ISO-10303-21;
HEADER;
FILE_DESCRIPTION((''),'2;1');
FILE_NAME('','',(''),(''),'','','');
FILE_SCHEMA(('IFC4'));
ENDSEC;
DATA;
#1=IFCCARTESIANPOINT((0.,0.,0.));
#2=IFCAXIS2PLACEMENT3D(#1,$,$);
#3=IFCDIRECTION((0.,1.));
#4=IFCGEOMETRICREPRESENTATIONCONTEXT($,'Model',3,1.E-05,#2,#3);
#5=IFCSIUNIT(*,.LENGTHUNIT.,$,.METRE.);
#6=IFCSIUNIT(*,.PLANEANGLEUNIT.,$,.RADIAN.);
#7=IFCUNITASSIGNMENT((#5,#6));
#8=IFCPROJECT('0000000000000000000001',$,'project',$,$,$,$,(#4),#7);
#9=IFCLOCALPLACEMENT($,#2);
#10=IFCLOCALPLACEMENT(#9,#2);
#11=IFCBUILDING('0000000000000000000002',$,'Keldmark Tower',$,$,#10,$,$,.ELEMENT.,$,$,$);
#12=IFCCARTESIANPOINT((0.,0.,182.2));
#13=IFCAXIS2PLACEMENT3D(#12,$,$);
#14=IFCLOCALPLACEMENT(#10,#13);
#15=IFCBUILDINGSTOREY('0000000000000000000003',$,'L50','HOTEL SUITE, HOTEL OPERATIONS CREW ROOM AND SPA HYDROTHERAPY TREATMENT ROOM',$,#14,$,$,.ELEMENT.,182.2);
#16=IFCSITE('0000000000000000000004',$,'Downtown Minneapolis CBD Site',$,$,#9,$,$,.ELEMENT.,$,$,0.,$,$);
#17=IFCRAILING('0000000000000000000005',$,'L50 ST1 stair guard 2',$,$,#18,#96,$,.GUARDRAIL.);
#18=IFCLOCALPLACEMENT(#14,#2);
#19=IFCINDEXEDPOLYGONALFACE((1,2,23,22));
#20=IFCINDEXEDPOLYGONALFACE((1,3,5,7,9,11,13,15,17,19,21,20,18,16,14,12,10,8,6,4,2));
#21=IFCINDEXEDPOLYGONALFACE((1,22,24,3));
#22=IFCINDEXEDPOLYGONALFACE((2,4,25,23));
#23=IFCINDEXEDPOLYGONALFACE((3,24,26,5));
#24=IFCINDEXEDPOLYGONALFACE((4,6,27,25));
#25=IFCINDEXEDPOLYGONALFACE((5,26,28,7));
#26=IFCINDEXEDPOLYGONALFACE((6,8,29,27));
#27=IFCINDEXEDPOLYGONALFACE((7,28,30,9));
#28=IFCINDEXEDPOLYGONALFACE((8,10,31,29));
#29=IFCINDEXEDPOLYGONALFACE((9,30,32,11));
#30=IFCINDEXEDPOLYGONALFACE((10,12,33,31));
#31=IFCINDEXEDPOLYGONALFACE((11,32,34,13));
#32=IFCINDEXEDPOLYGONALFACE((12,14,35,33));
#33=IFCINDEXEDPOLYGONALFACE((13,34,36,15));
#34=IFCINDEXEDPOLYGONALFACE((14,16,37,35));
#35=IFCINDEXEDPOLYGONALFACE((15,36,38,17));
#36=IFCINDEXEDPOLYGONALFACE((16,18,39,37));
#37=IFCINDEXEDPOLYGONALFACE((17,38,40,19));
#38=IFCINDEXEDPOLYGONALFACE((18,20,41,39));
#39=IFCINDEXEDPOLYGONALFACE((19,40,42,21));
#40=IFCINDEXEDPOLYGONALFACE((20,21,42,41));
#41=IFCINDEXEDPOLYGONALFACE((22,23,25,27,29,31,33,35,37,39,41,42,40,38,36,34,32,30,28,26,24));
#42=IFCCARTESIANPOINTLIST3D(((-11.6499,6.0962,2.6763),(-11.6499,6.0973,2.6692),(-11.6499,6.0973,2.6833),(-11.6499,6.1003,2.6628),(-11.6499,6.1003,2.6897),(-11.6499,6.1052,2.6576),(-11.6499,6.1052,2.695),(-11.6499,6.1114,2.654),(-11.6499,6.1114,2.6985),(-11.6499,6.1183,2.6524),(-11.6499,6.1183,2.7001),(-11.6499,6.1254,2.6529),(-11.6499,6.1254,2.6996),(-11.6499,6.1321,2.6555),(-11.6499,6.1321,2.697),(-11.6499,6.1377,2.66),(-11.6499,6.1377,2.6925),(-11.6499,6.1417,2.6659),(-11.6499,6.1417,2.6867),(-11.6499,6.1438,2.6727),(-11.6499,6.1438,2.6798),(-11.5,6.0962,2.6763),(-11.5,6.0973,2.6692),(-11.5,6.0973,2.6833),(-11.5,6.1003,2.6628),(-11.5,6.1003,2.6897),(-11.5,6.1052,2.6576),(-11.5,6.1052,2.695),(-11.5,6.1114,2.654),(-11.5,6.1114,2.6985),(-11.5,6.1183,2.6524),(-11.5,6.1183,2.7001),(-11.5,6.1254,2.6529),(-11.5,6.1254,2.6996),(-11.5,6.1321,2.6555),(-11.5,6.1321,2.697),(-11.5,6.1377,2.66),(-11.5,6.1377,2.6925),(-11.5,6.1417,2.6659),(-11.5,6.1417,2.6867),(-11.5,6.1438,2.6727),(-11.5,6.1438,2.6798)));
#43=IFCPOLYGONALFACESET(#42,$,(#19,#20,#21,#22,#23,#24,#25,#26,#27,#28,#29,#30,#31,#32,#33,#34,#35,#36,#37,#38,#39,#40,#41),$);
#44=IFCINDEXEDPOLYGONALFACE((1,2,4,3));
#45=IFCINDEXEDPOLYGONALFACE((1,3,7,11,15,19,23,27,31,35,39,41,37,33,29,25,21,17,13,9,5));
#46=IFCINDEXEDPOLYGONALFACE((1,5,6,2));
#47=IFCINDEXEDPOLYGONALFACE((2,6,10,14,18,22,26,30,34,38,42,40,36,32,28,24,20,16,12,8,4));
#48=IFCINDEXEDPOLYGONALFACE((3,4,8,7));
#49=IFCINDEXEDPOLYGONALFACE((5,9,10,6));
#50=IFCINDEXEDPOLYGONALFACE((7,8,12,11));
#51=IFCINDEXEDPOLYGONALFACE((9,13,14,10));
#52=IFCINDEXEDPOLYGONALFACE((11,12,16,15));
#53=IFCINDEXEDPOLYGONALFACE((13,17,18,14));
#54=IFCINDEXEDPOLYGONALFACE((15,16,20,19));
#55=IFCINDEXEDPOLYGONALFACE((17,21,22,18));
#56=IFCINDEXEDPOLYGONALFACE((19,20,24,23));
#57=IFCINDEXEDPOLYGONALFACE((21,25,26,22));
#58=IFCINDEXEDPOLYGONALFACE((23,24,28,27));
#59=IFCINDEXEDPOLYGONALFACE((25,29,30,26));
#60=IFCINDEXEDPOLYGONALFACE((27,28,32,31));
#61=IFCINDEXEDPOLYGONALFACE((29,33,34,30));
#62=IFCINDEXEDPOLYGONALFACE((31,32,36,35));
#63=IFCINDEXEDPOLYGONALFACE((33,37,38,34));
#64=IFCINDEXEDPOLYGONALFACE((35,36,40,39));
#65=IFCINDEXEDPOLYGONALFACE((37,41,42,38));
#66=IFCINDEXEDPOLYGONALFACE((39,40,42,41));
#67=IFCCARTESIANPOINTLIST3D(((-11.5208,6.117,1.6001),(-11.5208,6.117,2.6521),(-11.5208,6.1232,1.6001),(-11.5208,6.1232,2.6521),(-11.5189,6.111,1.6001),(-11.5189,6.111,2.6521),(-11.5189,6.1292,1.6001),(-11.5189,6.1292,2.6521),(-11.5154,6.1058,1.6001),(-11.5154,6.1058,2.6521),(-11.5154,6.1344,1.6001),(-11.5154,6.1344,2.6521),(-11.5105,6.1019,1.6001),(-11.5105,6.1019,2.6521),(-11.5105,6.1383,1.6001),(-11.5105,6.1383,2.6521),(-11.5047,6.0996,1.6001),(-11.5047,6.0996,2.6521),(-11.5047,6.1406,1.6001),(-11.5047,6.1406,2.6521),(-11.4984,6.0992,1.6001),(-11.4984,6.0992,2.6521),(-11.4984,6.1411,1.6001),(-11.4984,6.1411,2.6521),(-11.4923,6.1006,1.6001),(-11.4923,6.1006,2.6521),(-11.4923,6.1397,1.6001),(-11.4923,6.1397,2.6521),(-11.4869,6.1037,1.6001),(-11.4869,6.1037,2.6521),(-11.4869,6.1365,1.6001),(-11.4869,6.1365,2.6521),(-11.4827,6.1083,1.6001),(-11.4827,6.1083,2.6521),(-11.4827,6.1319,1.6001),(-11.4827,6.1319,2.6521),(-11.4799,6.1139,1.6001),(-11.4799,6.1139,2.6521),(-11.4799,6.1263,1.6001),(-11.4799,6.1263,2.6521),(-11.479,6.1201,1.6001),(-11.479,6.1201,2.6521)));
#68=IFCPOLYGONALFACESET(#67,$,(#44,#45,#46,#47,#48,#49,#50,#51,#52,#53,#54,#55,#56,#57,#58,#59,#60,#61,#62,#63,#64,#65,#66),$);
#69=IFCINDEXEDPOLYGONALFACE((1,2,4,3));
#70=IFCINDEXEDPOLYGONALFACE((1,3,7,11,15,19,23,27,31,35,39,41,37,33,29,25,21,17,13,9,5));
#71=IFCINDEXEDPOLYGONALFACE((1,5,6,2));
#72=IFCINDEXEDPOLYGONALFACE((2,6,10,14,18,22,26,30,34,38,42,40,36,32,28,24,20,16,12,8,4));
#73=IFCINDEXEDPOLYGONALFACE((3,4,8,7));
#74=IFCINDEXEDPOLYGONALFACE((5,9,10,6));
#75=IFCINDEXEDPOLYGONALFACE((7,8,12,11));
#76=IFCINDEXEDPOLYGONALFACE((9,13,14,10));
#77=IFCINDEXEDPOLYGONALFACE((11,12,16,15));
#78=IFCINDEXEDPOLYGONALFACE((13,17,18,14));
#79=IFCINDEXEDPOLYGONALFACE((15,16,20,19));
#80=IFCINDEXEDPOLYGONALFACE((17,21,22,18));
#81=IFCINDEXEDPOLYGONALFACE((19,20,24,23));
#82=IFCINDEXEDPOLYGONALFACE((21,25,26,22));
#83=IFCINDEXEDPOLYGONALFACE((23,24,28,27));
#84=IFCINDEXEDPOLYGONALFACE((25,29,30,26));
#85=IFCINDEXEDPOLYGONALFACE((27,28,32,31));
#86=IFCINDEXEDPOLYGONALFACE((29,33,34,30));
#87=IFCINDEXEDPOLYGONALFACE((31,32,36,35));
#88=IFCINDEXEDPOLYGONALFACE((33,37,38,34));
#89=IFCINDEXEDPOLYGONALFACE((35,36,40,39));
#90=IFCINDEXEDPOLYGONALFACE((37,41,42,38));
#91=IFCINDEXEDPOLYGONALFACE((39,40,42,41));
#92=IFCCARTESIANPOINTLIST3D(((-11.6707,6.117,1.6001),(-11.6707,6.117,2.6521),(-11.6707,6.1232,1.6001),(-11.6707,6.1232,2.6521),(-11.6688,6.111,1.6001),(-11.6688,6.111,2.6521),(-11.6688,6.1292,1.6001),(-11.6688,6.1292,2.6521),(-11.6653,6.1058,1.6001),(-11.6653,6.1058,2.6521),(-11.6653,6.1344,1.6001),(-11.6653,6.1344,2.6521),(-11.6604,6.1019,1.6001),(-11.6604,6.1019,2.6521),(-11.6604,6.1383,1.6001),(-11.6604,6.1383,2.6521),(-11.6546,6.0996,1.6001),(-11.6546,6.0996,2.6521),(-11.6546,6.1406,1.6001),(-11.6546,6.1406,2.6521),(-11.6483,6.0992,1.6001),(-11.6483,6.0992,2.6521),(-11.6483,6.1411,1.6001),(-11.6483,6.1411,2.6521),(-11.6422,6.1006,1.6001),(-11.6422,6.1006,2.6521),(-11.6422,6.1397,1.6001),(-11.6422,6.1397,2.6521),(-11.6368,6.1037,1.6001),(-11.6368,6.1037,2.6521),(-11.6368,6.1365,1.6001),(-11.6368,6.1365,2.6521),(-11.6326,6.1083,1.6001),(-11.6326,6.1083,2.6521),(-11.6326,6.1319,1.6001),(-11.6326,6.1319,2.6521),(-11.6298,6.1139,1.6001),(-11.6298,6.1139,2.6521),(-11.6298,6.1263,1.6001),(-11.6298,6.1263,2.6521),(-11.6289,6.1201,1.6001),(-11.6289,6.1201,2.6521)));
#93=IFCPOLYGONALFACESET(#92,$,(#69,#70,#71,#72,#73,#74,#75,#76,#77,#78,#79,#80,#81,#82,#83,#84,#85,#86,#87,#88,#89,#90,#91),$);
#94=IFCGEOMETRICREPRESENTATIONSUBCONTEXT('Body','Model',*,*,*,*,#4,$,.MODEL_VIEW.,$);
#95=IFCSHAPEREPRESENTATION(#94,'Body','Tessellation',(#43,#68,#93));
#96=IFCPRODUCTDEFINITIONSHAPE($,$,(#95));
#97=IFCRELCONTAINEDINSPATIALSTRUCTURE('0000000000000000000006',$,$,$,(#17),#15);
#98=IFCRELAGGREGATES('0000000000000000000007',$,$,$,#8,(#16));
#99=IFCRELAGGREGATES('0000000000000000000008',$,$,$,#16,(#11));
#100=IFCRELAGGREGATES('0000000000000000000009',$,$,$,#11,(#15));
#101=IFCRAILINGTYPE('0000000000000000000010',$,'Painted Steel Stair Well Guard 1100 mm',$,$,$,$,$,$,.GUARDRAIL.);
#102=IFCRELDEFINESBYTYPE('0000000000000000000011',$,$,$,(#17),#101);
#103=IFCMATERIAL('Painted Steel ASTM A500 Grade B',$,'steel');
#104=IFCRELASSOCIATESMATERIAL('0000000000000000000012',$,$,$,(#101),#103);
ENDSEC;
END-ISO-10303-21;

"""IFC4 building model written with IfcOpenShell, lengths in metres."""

from ifc_helpers import new_model, si_unit, direction, frame, origin, origin_2d, place, context, subcontext, project, spatial, circle, extrude, material, type_object, element, save


model = new_model("IFC4")

# Units and contexts
model_context = context("Model", 3, precision=1e-05, world=origin(), true_north=direction((0.0, 1.0)))
body_context = subcontext(model_context, "Body", "Model", "MODEL_VIEW")
ifc_project = project(units=[si_unit("LENGTHUNIT", "METRE"), si_unit("PLANEANGLEUNIT", "RADIAN")], contexts=[model_context])

# Site, building, storey
site_placement = place(None, origin())
site = spatial("IfcSite", under=ifc_project, at=site_placement, Name="Downtown Minneapolis CBD Site", CompositionType="ELEMENT", RefElevation=0.0)
building_placement = place(site_placement, origin())
building = spatial("IfcBuilding", under=site, at=building_placement, Name="Keldmark Tower", CompositionType="ELEMENT")
storey_placement = place(building_placement, frame((0.0, 0.0, 182.2)))
storey = spatial("IfcBuildingStorey", under=building, at=storey_placement, Name="L50", Description="HOTEL SUITE, HOTEL OPERATIONS CREW ROOM AND SPA HYDROTHERAPY TREATMENT ROOM", CompositionType="ELEMENT", Elevation=182.2)

# Railing
ifc_material_1 = material(Name="Painted Steel ASTM A500 Grade B", Category="steel")
railing_type_1 = type_object("IfcRailingType", Name="Painted Steel Stair Well Guard 1100 mm", PredefinedType="GUARDRAIL", material=ifc_material_1)
railing_1_placement = place(storey_placement, frame((-11.5, 6.1201, 1.6001)))
element("IfcRailing", 1, at=railing_1_placement, inside=storey, type_object=railing_type_1, Name="L50 ST1 stair guard 2", PredefinedType="GUARDRAIL", context=body_context, shape_type="SweptSolid", body=[
    extrude(circle(Radius=0.0239, at=origin_2d()), frame((0.0, 0.0, 1.0762), z_axis=(-1.0, 0.0, 0.0), x_axis=(0.0, -1.0, 0.0)), (0.0, 0.0, 1.0), 0.1499),
    extrude(circle(Radius=0.021, at=origin_2d()), origin(), (0.0, 0.0, 1.0), 1.052),
    extrude(circle(Radius=0.021, at=origin_2d()), frame((-0.1499, 0.0, 0.0)), (0.0, 0.0, 1.0), 1.052),
])

save(model, "model.ifc")
